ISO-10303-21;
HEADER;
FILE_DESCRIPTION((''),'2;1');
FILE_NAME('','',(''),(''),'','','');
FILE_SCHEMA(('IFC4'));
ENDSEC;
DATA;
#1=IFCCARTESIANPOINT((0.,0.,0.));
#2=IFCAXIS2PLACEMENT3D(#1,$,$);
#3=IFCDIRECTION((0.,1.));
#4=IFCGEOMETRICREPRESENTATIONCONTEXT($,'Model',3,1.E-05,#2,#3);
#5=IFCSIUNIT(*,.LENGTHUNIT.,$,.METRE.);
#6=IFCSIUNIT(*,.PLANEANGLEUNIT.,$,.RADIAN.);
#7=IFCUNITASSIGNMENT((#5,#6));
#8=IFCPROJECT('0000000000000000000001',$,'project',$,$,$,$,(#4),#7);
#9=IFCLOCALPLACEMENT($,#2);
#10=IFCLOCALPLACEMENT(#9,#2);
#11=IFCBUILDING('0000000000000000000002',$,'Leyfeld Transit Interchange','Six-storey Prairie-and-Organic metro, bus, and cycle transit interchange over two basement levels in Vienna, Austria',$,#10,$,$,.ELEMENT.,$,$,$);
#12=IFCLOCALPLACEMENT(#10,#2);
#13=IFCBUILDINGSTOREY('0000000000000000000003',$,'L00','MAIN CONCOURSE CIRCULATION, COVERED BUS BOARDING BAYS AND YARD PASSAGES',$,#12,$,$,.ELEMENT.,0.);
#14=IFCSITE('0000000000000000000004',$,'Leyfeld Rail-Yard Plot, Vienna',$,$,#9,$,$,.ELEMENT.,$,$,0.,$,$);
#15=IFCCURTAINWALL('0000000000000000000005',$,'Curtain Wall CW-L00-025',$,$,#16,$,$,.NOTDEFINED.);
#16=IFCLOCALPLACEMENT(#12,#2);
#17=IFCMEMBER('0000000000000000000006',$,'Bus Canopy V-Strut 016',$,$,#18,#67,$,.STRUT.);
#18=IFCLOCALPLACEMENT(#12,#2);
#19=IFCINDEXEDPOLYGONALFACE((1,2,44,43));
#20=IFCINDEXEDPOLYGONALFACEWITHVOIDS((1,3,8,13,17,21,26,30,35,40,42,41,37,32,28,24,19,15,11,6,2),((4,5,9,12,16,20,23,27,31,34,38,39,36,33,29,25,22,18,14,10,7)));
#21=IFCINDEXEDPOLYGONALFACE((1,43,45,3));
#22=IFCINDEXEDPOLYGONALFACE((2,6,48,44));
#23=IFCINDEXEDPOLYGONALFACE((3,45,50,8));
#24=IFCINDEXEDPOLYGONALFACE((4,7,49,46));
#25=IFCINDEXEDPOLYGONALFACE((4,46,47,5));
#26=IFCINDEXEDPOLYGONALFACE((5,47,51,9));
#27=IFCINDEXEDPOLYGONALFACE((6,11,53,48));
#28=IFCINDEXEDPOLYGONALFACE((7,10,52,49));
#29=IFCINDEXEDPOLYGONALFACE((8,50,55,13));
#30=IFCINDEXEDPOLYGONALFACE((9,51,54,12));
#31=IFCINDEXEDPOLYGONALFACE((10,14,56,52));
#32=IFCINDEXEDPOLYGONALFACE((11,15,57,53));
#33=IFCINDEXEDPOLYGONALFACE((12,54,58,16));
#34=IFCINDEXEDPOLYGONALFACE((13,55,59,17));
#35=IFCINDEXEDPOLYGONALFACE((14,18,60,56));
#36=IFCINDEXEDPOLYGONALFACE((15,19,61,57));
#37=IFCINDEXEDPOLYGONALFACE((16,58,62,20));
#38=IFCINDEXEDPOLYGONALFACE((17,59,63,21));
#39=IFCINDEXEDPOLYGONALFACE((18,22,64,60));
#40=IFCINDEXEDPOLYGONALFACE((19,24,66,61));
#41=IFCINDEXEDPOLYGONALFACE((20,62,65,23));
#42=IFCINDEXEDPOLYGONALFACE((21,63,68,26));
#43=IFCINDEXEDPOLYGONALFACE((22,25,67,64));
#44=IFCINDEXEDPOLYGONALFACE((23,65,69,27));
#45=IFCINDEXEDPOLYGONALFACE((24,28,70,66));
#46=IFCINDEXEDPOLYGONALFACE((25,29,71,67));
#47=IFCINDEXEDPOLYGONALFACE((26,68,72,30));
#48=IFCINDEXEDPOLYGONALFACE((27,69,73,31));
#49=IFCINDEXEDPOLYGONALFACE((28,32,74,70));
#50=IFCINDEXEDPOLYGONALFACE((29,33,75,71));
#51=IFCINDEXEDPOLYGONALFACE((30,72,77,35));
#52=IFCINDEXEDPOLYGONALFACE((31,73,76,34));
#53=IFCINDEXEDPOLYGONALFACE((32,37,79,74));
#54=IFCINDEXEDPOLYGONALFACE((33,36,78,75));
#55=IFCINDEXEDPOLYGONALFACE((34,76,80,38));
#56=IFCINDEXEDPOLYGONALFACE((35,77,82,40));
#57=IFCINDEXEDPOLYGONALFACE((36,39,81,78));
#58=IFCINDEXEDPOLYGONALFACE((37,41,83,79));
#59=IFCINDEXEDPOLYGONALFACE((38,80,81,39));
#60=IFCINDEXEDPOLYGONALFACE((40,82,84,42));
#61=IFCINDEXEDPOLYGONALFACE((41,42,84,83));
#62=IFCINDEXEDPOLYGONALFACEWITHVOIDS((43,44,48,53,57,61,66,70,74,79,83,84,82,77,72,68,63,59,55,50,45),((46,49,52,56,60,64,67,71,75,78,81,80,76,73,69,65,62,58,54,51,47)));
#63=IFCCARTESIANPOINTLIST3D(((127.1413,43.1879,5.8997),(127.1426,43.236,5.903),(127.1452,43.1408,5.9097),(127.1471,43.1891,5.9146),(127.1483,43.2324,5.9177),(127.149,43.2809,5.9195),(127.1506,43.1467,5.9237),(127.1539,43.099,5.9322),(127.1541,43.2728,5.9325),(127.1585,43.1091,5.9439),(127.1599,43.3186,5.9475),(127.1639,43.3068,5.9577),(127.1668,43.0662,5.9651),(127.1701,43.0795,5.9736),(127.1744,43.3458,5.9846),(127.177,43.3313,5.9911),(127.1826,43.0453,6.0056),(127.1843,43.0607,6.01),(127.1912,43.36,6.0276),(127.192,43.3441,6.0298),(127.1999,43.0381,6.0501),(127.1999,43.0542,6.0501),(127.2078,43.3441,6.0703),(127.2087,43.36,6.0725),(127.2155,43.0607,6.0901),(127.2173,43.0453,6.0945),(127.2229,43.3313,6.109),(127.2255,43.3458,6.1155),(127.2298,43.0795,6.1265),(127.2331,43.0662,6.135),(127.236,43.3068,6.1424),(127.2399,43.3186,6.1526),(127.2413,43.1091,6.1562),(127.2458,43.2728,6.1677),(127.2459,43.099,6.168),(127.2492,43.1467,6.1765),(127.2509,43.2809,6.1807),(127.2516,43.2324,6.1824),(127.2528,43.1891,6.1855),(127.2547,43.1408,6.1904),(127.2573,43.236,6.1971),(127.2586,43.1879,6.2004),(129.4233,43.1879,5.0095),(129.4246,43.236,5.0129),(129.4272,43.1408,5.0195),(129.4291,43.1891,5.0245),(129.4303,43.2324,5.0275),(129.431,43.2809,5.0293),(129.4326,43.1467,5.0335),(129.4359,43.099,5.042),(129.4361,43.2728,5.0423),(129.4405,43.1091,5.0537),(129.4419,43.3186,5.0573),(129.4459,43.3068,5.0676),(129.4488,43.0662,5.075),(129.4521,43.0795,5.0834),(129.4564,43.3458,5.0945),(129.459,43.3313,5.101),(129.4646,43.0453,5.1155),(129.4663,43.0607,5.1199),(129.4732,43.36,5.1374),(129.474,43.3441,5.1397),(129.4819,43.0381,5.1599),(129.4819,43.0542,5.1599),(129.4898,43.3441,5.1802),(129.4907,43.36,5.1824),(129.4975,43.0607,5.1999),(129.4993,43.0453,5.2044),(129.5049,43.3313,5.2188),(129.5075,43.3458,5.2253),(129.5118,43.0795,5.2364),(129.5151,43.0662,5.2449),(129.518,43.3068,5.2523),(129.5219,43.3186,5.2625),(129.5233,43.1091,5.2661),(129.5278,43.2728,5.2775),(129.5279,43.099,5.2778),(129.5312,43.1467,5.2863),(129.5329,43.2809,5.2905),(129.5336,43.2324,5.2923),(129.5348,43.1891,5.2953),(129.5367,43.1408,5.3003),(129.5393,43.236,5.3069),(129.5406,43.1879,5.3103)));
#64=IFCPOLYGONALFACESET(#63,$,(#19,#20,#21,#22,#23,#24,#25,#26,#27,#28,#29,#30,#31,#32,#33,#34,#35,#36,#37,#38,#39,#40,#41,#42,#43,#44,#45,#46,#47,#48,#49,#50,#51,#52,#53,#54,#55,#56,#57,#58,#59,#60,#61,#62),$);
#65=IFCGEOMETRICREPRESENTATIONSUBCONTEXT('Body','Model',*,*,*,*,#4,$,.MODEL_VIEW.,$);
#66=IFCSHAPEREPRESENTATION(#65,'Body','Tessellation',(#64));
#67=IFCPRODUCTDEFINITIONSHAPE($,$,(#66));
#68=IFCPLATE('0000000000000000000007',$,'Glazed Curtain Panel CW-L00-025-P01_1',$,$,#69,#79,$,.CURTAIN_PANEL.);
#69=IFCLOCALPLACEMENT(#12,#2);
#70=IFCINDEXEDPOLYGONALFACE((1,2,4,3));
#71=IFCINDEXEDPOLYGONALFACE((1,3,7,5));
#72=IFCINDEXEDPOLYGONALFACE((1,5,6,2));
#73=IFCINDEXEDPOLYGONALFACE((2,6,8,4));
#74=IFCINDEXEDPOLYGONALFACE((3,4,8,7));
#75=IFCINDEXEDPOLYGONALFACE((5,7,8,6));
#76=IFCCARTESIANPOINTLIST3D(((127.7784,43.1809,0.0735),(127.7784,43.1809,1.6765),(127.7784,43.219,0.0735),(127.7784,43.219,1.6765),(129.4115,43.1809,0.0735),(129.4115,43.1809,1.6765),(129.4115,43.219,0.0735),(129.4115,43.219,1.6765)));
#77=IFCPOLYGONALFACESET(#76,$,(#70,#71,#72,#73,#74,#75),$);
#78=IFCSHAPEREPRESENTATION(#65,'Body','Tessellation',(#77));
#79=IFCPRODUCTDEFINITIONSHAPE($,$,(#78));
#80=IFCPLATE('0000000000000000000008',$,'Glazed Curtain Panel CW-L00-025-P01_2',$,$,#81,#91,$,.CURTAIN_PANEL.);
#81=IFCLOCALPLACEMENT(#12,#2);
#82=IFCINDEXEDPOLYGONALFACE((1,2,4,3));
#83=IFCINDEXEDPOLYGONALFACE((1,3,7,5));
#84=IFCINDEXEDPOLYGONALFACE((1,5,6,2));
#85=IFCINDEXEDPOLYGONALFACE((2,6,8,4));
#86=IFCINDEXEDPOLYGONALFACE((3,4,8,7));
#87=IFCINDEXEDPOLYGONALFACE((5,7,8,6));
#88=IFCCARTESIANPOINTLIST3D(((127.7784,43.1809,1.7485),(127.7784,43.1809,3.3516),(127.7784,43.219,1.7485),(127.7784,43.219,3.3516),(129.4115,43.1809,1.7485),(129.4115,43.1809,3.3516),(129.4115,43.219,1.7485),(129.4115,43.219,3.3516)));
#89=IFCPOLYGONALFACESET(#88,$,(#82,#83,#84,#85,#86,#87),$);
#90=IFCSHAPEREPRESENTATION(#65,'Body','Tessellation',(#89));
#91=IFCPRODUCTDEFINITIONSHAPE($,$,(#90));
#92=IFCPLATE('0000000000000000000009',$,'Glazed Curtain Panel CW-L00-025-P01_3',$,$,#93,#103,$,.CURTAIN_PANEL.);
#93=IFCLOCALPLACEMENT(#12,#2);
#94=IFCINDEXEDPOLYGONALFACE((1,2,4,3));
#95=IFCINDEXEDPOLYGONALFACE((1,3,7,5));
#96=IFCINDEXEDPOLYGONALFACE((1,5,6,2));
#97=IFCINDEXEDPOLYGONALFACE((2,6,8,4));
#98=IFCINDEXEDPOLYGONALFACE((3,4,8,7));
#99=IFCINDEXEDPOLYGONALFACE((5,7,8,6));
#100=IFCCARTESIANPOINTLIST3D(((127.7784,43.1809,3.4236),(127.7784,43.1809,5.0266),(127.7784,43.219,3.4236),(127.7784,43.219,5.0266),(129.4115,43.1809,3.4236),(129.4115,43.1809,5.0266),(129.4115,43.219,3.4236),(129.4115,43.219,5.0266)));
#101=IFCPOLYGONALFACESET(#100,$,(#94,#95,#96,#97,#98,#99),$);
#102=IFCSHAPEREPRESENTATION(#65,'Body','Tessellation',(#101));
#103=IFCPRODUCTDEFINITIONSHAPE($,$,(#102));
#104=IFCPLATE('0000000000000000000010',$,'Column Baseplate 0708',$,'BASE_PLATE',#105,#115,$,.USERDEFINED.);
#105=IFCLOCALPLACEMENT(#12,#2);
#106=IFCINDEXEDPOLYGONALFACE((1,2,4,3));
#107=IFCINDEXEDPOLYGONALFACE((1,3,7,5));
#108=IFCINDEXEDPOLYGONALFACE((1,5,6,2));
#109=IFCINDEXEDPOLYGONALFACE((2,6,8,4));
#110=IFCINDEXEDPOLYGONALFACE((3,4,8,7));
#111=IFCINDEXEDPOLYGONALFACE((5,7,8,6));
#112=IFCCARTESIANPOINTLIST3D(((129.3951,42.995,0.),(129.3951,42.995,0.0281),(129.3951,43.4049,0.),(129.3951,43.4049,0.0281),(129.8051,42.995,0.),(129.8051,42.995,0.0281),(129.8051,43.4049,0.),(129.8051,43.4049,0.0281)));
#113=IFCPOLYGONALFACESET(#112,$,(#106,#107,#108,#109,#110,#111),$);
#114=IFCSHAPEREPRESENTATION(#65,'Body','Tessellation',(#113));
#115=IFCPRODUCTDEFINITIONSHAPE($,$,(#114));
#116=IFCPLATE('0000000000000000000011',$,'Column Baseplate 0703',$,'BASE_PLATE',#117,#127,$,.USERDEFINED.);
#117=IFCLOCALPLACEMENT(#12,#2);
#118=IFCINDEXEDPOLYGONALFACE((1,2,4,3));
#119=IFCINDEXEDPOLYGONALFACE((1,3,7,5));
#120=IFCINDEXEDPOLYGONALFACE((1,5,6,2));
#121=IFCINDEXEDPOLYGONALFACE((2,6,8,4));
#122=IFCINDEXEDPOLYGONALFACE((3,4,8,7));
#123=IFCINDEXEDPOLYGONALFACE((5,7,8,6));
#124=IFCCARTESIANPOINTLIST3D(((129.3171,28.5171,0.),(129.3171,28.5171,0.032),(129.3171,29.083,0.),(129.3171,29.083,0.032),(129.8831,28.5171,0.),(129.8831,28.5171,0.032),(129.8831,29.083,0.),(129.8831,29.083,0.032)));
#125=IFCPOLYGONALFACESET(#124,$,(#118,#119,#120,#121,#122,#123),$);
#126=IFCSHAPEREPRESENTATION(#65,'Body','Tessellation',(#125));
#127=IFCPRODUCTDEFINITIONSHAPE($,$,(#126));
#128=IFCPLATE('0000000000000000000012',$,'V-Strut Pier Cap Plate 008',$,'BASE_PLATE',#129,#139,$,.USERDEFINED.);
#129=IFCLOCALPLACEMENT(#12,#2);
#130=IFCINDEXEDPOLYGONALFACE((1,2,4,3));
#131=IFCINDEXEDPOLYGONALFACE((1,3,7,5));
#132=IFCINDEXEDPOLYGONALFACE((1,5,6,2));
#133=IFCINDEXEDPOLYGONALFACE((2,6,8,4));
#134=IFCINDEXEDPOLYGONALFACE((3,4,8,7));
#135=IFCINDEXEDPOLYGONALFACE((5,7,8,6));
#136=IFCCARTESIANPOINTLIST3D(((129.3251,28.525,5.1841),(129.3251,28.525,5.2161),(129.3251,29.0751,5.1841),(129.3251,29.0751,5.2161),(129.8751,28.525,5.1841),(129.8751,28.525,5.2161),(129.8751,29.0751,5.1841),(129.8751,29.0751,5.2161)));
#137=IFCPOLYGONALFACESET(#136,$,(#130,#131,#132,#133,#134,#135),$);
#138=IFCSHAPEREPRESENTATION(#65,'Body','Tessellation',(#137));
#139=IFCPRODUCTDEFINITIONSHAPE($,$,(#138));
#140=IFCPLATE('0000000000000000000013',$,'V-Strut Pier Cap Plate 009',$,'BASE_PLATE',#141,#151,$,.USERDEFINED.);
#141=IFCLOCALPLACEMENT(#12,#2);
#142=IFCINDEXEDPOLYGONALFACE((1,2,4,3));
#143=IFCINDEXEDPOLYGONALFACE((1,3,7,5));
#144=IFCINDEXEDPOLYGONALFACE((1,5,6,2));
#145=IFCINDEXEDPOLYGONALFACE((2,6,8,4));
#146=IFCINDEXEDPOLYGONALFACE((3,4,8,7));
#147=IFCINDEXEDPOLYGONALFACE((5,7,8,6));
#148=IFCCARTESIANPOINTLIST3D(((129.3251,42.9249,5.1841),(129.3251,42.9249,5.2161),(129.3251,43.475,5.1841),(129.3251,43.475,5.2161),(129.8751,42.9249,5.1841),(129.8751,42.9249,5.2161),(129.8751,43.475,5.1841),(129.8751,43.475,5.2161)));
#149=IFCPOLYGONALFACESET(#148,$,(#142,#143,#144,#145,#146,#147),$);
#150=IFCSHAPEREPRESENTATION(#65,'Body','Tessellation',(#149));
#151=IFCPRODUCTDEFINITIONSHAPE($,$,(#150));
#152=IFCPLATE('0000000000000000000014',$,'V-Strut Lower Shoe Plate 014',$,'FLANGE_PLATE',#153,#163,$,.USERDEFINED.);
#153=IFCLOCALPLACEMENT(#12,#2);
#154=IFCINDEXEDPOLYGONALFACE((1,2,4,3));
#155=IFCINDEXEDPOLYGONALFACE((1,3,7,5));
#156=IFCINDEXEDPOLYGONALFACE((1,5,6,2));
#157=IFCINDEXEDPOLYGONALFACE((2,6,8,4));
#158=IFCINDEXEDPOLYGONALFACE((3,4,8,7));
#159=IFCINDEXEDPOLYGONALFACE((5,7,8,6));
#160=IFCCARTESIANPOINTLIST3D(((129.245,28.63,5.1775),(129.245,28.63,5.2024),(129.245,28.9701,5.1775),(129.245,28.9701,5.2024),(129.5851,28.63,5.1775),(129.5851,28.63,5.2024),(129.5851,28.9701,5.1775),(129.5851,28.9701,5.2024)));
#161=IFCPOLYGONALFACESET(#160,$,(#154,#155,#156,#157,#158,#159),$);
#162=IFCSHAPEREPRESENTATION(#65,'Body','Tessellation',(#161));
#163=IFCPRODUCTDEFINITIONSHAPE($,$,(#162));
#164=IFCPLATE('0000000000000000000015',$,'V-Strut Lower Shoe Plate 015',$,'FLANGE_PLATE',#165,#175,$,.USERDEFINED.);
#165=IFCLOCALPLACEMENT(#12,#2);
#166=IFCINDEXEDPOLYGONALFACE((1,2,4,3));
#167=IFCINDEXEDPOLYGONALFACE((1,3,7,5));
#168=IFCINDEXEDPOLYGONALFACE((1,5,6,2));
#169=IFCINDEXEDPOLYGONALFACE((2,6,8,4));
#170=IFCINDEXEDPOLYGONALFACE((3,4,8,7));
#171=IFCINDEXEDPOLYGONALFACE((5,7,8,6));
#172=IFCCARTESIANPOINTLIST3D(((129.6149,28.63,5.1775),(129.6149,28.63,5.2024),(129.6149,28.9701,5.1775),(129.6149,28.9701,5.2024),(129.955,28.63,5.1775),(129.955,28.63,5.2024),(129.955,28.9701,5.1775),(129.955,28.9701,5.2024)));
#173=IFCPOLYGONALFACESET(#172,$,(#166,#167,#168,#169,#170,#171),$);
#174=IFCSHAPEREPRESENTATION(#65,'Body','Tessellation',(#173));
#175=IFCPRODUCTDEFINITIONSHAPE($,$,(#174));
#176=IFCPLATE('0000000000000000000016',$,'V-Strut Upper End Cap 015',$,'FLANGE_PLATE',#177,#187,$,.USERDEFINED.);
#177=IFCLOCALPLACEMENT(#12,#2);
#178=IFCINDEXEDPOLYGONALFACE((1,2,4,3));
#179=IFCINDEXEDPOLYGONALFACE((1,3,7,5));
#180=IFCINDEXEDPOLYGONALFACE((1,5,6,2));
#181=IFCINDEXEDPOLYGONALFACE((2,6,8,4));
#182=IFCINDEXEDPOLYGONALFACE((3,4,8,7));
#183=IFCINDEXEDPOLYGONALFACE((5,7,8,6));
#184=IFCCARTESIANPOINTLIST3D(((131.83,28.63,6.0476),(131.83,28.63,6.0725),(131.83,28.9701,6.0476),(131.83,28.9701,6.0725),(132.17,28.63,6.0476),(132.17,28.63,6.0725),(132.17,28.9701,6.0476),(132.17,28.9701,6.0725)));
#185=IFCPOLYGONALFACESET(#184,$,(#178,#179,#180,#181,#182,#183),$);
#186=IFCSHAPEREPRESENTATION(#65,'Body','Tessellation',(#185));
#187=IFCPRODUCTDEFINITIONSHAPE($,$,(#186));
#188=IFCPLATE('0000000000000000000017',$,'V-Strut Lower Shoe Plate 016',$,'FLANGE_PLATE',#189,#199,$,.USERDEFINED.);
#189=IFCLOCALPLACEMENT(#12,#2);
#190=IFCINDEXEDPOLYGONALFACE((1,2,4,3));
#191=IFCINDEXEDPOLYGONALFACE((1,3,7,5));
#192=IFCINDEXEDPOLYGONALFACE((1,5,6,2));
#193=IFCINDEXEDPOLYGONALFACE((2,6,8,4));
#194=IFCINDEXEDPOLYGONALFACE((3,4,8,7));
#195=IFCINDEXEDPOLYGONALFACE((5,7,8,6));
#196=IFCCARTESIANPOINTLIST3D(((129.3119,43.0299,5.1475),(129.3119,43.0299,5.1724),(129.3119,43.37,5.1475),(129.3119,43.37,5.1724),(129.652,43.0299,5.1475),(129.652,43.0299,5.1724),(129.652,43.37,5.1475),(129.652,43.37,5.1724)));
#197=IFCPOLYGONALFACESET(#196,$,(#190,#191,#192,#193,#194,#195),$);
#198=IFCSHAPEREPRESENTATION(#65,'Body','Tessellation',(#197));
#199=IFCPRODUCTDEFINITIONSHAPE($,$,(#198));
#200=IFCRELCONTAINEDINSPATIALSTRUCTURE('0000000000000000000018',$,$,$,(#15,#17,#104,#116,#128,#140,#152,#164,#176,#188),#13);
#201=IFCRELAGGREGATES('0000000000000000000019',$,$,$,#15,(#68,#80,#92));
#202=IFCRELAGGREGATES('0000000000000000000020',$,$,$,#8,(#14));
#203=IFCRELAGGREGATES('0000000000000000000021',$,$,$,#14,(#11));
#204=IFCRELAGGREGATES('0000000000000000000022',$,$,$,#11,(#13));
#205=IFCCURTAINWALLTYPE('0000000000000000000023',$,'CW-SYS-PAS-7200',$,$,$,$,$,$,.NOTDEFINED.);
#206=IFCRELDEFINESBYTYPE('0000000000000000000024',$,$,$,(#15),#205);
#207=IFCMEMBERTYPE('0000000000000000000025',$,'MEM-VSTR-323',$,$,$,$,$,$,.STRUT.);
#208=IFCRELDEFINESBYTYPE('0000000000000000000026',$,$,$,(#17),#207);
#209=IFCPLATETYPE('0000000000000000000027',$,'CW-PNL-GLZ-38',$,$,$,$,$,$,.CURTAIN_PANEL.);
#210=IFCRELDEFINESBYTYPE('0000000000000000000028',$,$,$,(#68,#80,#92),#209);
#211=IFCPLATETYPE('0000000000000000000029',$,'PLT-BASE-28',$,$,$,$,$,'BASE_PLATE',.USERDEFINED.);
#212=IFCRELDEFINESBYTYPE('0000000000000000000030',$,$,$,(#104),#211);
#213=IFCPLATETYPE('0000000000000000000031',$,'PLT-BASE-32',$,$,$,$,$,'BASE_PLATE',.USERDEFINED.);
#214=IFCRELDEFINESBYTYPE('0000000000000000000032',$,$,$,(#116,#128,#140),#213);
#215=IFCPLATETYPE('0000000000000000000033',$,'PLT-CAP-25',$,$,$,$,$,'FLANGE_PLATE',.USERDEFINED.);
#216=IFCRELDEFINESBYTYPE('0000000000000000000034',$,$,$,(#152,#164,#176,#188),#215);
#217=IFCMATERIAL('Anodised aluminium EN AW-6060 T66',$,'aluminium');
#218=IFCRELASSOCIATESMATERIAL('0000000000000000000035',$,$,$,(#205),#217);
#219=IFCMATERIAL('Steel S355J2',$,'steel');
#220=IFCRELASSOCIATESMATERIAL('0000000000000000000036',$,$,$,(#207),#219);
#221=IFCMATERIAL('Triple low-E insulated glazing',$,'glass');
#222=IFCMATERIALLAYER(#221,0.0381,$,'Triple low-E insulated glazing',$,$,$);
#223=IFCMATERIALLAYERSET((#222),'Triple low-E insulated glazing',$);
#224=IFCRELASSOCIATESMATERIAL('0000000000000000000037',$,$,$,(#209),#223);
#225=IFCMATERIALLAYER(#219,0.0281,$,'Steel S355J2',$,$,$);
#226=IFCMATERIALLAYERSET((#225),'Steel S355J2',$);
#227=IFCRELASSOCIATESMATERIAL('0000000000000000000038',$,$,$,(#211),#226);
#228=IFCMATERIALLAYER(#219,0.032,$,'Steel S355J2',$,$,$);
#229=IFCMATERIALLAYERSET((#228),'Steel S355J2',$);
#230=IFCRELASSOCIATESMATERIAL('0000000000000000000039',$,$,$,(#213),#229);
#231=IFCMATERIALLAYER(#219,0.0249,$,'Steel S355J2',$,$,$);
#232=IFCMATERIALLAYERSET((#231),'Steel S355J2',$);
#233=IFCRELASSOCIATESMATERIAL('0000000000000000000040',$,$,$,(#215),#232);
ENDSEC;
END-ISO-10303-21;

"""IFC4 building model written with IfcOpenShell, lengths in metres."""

from ifc_helpers import new_model, si_unit, direction, frame, origin, origin_2d, place, context, subcontext, project, spatial, rectangle, hollow_circle, extrude, material, layer, layer_set, material_profile, profile_set, type_object, element, aggregate, save


model = new_model("IFC4")

# Units and contexts
model_context = context("Model", 3, precision=1e-05, world=origin(), true_north=direction((0.0, 1.0)))
body_context = subcontext(model_context, "Body", "Model", "MODEL_VIEW")
ifc_project = project(units=[si_unit("LENGTHUNIT", "METRE"), si_unit("PLANEANGLEUNIT", "RADIAN")], contexts=[model_context])

# Site, building, storey
site_placement = place(None, origin())
site = spatial("IfcSite", under=ifc_project, at=site_placement, Name="Leyfeld Rail-Yard Plot, Vienna", CompositionType="ELEMENT", RefElevation=0.0)
building_placement = place(site_placement, origin())
building = spatial("IfcBuilding", under=site, at=building_placement, Name="Leyfeld Transit Interchange", Description="Six-storey Prairie-and-Organic metro, bus, and cycle transit interchange over two basement levels in Vienna, Austria", CompositionType="ELEMENT")
storey_placement = place(building_placement, origin())
storey = spatial("IfcBuildingStorey", under=building, at=storey_placement, Name="L00", Description="MAIN CONCOURSE CIRCULATION, COVERED BUS BOARDING BAYS AND YARD PASSAGES", CompositionType="ELEMENT", Elevation=0.0)

# Shared definitions
ifc_material_1 = material(Name="Steel S355J2", Category="steel")

# Curtain wall
ifc_material_2 = material(Name="Anodised aluminium EN AW-6060 T66", Category="aluminium")
curtain_wall_type = type_object("IfcCurtainWallType", Name="CW-SYS-PAS-7200", PredefinedType="NOTDEFINED", material=ifc_material_2)
curtain_wall_placement = place(storey_placement, origin())
curtain_wall = element("IfcCurtainWall", 1, at=curtain_wall_placement, inside=storey, type_object=curtain_wall_type, Name="Curtain Wall CW-L00-025", PredefinedType="NOTDEFINED")

# Member
ifc_material_profile_1 = material_profile(ifc_material_1, hollow_circle(Radius=0.1619, WallThickness=0.0161, at=origin_2d()), Name="CHS 323.9x16")
ifc_profile_set_1 = profile_set([ifc_material_profile_1], Name="Steel S355J2")
member_type_1 = type_object("IfcMemberType", Name="MEM-VSTR-323", PredefinedType="STRUT", material=ifc_profile_set_1)
member_1_placement = place(storey_placement, frame((129.4819, 43.2, 5.1599), z_axis=(-0.931632, 0.0, 0.363403), x_axis=(0.0, -1.0, 0.0)))
element("IfcMember", 2, at=member_1_placement, inside=storey, type_object=member_type_1, Name="Bus Canopy V-Strut 016", PredefinedType="STRUT", context=body_context, shape_type="SweptSolid", body=[
    extrude(hollow_circle(Radius=0.1619, WallThickness=0.0161, at=origin_2d()), origin(), (0.0, 0.0, 1.0), 2.4495),
])

# Plates
ifc_material_3 = material(Name="Triple low-E insulated glazing", Category="glass")
ifc_layer_1 = layer(ifc_material_3, 0.0381, Name="Triple low-E insulated glazing")
ifc_layer_set_1 = layer_set([ifc_layer_1], Name="Triple low-E insulated glazing")
plate_type_1 = type_object("IfcPlateType", Name="CW-PNL-GLZ-38", PredefinedType="CURTAIN_PANEL", material=ifc_layer_set_1)
plate_1_placement = place(storey_placement, frame((128.595, 43.2, 0.0735), z_axis=(0.0, 0.0, 1.0), x_axis=(-1.0, 0.0, 0.0)))
plate_1 = element("IfcPlate", 3, at=plate_1_placement, type_object=plate_type_1, Name="Glazed Curtain Panel CW-L00-025-P01_1", PredefinedType="CURTAIN_PANEL", context=body_context, shape_type="SweptSolid", body=[
    extrude(rectangle(XDim=1.6331, YDim=0.0381, at=origin_2d()), origin(), (0.0, 0.0, 1.0), 1.603),
])
plate_2_placement = place(storey_placement, frame((128.595, 43.2, 1.7485), z_axis=(0.0, 0.0, 1.0), x_axis=(-1.0, 0.0, 0.0)))
plate_2 = element("IfcPlate", 4, at=plate_2_placement, type_object=plate_type_1, Name="Glazed Curtain Panel CW-L00-025-P01_2", PredefinedType="CURTAIN_PANEL", context=body_context, shape_type="SweptSolid", body=[
    extrude(rectangle(XDim=1.6331, YDim=0.0381, at=origin_2d()), origin(), (0.0, 0.0, 1.0), 1.603),
])
plate_3_placement = place(storey_placement, frame((128.595, 43.2, 3.4236), z_axis=(0.0, 0.0, 1.0), x_axis=(-1.0, 0.0, 0.0)))
plate_3 = element("IfcPlate", 5, at=plate_3_placement, type_object=plate_type_1, Name="Glazed Curtain Panel CW-L00-025-P01_3", PredefinedType="CURTAIN_PANEL", context=body_context, shape_type="SweptSolid", body=[
    extrude(rectangle(XDim=1.6331, YDim=0.0381, at=origin_2d()), origin(), (0.0, 0.0, 1.0), 1.603),
])
aggregate(curtain_wall, [plate_1, plate_2, plate_3])

# Plates
ifc_layer_2 = layer(ifc_material_1, 0.0281, Name="Steel S355J2")
ifc_layer_set_2 = layer_set([ifc_layer_2], Name="Steel S355J2")
plate_type_2 = type_object("IfcPlateType", Name="PLT-BASE-28", ElementType="BASE_PLATE", PredefinedType="USERDEFINED", material=ifc_layer_set_2)
plate_4_placement = place(storey_placement, frame((129.6001, 43.2, 0.0), z_axis=(0.0, 0.0, 1.0), x_axis=(1.0, 0.0, 0.0)))
element("IfcPlate", 6, at=plate_4_placement, inside=storey, type_object=plate_type_2, Name="Column Baseplate 0708", ObjectType="BASE_PLATE", PredefinedType="USERDEFINED", context=body_context, shape_type="SweptSolid", body=[
    extrude(rectangle(XDim=0.4099, YDim=0.4099, at=origin_2d()), origin(), (0.0, 0.0, 1.0), 0.0281),
])
ifc_layer_3 = layer(ifc_material_1, 0.032, Name="Steel S355J2")
ifc_layer_set_3 = layer_set([ifc_layer_3], Name="Steel S355J2")
plate_type_3 = type_object("IfcPlateType", Name="PLT-BASE-32", ElementType="BASE_PLATE", PredefinedType="USERDEFINED", material=ifc_layer_set_3)
plate_5_placement = place(storey_placement, frame((129.6001, 28.8, 0.0), z_axis=(0.0, 0.0, 1.0), x_axis=(1.0, 0.0, 0.0)))
element("IfcPlate", 7, at=plate_5_placement, inside=storey, type_object=plate_type_3, Name="Column Baseplate 0703", ObjectType="BASE_PLATE", PredefinedType="USERDEFINED", context=body_context, shape_type="SweptSolid", body=[
    extrude(rectangle(XDim=0.5659, YDim=0.5659, at=origin_2d()), origin(), (0.0, 0.0, 1.0), 0.032),
])
for number, where, z_axis, x_axis, name in (
    (8, (129.6001, 28.8, 5.1841), (0.0, 0.0, 1.0), (1.0, 0.0, 0.0), "V-Strut Pier Cap Plate 008"),
    (9, (129.6001, 43.2, 5.1841), (0.0, 0.0, 1.0), (1.0, 0.0, 0.0), "V-Strut Pier Cap Plate 009"),
):
    element("IfcPlate", number, at=place(storey_placement, frame(where, z_axis=z_axis, x_axis=x_axis)), inside=storey, type_object=plate_type_3, Name=name, ObjectType="BASE_PLATE", PredefinedType="USERDEFINED", context=body_context, shape_type="SweptSolid", body=[
        extrude(rectangle(XDim=0.55, YDim=0.55, at=origin_2d()), origin(), (0.0, 0.0, 1.0), 0.032),
    ])
ifc_layer_4 = layer(ifc_material_1, 0.0249, Name="Steel S355J2")
ifc_layer_set_4 = layer_set([ifc_layer_4], Name="Steel S355J2")
plate_type_4 = type_object("IfcPlateType", Name="PLT-CAP-25", ElementType="FLANGE_PLATE", PredefinedType="USERDEFINED", material=ifc_layer_set_4)
for number, where, z_axis, x_axis, name in (
    (10, (129.415, 28.8, 5.1775), (0.0, 0.0, 1.0), (1.0, 0.0, 0.0), "V-Strut Lower Shoe Plate 014"),
    (11, (129.7849, 28.8, 5.1775), (0.0, 0.0, 1.0), (1.0, 0.0, 0.0), "V-Strut Lower Shoe Plate 015"),
    (12, (132.0, 28.8, 6.0476), (0.0, 0.0, 1.0), (1.0, 0.0, 0.0), "V-Strut Upper End Cap 015"),
    (13, (129.4819, 43.2, 5.1475), (0.0, 0.0, 1.0), (1.0, 0.0, 0.0), "V-Strut Lower Shoe Plate 016"),
):
    element("IfcPlate", number, at=place(storey_placement, frame(where, z_axis=z_axis, x_axis=x_axis)), inside=storey, type_object=plate_type_4, Name=name, ObjectType="FLANGE_PLATE", PredefinedType="USERDEFINED", context=body_context, shape_type="SweptSolid", body=[
        extrude(rectangle(XDim=0.3401, YDim=0.3401, at=origin_2d()), origin(), (0.0, 0.0, 1.0), 0.0249),
    ])

save(model, "model.ifc")
